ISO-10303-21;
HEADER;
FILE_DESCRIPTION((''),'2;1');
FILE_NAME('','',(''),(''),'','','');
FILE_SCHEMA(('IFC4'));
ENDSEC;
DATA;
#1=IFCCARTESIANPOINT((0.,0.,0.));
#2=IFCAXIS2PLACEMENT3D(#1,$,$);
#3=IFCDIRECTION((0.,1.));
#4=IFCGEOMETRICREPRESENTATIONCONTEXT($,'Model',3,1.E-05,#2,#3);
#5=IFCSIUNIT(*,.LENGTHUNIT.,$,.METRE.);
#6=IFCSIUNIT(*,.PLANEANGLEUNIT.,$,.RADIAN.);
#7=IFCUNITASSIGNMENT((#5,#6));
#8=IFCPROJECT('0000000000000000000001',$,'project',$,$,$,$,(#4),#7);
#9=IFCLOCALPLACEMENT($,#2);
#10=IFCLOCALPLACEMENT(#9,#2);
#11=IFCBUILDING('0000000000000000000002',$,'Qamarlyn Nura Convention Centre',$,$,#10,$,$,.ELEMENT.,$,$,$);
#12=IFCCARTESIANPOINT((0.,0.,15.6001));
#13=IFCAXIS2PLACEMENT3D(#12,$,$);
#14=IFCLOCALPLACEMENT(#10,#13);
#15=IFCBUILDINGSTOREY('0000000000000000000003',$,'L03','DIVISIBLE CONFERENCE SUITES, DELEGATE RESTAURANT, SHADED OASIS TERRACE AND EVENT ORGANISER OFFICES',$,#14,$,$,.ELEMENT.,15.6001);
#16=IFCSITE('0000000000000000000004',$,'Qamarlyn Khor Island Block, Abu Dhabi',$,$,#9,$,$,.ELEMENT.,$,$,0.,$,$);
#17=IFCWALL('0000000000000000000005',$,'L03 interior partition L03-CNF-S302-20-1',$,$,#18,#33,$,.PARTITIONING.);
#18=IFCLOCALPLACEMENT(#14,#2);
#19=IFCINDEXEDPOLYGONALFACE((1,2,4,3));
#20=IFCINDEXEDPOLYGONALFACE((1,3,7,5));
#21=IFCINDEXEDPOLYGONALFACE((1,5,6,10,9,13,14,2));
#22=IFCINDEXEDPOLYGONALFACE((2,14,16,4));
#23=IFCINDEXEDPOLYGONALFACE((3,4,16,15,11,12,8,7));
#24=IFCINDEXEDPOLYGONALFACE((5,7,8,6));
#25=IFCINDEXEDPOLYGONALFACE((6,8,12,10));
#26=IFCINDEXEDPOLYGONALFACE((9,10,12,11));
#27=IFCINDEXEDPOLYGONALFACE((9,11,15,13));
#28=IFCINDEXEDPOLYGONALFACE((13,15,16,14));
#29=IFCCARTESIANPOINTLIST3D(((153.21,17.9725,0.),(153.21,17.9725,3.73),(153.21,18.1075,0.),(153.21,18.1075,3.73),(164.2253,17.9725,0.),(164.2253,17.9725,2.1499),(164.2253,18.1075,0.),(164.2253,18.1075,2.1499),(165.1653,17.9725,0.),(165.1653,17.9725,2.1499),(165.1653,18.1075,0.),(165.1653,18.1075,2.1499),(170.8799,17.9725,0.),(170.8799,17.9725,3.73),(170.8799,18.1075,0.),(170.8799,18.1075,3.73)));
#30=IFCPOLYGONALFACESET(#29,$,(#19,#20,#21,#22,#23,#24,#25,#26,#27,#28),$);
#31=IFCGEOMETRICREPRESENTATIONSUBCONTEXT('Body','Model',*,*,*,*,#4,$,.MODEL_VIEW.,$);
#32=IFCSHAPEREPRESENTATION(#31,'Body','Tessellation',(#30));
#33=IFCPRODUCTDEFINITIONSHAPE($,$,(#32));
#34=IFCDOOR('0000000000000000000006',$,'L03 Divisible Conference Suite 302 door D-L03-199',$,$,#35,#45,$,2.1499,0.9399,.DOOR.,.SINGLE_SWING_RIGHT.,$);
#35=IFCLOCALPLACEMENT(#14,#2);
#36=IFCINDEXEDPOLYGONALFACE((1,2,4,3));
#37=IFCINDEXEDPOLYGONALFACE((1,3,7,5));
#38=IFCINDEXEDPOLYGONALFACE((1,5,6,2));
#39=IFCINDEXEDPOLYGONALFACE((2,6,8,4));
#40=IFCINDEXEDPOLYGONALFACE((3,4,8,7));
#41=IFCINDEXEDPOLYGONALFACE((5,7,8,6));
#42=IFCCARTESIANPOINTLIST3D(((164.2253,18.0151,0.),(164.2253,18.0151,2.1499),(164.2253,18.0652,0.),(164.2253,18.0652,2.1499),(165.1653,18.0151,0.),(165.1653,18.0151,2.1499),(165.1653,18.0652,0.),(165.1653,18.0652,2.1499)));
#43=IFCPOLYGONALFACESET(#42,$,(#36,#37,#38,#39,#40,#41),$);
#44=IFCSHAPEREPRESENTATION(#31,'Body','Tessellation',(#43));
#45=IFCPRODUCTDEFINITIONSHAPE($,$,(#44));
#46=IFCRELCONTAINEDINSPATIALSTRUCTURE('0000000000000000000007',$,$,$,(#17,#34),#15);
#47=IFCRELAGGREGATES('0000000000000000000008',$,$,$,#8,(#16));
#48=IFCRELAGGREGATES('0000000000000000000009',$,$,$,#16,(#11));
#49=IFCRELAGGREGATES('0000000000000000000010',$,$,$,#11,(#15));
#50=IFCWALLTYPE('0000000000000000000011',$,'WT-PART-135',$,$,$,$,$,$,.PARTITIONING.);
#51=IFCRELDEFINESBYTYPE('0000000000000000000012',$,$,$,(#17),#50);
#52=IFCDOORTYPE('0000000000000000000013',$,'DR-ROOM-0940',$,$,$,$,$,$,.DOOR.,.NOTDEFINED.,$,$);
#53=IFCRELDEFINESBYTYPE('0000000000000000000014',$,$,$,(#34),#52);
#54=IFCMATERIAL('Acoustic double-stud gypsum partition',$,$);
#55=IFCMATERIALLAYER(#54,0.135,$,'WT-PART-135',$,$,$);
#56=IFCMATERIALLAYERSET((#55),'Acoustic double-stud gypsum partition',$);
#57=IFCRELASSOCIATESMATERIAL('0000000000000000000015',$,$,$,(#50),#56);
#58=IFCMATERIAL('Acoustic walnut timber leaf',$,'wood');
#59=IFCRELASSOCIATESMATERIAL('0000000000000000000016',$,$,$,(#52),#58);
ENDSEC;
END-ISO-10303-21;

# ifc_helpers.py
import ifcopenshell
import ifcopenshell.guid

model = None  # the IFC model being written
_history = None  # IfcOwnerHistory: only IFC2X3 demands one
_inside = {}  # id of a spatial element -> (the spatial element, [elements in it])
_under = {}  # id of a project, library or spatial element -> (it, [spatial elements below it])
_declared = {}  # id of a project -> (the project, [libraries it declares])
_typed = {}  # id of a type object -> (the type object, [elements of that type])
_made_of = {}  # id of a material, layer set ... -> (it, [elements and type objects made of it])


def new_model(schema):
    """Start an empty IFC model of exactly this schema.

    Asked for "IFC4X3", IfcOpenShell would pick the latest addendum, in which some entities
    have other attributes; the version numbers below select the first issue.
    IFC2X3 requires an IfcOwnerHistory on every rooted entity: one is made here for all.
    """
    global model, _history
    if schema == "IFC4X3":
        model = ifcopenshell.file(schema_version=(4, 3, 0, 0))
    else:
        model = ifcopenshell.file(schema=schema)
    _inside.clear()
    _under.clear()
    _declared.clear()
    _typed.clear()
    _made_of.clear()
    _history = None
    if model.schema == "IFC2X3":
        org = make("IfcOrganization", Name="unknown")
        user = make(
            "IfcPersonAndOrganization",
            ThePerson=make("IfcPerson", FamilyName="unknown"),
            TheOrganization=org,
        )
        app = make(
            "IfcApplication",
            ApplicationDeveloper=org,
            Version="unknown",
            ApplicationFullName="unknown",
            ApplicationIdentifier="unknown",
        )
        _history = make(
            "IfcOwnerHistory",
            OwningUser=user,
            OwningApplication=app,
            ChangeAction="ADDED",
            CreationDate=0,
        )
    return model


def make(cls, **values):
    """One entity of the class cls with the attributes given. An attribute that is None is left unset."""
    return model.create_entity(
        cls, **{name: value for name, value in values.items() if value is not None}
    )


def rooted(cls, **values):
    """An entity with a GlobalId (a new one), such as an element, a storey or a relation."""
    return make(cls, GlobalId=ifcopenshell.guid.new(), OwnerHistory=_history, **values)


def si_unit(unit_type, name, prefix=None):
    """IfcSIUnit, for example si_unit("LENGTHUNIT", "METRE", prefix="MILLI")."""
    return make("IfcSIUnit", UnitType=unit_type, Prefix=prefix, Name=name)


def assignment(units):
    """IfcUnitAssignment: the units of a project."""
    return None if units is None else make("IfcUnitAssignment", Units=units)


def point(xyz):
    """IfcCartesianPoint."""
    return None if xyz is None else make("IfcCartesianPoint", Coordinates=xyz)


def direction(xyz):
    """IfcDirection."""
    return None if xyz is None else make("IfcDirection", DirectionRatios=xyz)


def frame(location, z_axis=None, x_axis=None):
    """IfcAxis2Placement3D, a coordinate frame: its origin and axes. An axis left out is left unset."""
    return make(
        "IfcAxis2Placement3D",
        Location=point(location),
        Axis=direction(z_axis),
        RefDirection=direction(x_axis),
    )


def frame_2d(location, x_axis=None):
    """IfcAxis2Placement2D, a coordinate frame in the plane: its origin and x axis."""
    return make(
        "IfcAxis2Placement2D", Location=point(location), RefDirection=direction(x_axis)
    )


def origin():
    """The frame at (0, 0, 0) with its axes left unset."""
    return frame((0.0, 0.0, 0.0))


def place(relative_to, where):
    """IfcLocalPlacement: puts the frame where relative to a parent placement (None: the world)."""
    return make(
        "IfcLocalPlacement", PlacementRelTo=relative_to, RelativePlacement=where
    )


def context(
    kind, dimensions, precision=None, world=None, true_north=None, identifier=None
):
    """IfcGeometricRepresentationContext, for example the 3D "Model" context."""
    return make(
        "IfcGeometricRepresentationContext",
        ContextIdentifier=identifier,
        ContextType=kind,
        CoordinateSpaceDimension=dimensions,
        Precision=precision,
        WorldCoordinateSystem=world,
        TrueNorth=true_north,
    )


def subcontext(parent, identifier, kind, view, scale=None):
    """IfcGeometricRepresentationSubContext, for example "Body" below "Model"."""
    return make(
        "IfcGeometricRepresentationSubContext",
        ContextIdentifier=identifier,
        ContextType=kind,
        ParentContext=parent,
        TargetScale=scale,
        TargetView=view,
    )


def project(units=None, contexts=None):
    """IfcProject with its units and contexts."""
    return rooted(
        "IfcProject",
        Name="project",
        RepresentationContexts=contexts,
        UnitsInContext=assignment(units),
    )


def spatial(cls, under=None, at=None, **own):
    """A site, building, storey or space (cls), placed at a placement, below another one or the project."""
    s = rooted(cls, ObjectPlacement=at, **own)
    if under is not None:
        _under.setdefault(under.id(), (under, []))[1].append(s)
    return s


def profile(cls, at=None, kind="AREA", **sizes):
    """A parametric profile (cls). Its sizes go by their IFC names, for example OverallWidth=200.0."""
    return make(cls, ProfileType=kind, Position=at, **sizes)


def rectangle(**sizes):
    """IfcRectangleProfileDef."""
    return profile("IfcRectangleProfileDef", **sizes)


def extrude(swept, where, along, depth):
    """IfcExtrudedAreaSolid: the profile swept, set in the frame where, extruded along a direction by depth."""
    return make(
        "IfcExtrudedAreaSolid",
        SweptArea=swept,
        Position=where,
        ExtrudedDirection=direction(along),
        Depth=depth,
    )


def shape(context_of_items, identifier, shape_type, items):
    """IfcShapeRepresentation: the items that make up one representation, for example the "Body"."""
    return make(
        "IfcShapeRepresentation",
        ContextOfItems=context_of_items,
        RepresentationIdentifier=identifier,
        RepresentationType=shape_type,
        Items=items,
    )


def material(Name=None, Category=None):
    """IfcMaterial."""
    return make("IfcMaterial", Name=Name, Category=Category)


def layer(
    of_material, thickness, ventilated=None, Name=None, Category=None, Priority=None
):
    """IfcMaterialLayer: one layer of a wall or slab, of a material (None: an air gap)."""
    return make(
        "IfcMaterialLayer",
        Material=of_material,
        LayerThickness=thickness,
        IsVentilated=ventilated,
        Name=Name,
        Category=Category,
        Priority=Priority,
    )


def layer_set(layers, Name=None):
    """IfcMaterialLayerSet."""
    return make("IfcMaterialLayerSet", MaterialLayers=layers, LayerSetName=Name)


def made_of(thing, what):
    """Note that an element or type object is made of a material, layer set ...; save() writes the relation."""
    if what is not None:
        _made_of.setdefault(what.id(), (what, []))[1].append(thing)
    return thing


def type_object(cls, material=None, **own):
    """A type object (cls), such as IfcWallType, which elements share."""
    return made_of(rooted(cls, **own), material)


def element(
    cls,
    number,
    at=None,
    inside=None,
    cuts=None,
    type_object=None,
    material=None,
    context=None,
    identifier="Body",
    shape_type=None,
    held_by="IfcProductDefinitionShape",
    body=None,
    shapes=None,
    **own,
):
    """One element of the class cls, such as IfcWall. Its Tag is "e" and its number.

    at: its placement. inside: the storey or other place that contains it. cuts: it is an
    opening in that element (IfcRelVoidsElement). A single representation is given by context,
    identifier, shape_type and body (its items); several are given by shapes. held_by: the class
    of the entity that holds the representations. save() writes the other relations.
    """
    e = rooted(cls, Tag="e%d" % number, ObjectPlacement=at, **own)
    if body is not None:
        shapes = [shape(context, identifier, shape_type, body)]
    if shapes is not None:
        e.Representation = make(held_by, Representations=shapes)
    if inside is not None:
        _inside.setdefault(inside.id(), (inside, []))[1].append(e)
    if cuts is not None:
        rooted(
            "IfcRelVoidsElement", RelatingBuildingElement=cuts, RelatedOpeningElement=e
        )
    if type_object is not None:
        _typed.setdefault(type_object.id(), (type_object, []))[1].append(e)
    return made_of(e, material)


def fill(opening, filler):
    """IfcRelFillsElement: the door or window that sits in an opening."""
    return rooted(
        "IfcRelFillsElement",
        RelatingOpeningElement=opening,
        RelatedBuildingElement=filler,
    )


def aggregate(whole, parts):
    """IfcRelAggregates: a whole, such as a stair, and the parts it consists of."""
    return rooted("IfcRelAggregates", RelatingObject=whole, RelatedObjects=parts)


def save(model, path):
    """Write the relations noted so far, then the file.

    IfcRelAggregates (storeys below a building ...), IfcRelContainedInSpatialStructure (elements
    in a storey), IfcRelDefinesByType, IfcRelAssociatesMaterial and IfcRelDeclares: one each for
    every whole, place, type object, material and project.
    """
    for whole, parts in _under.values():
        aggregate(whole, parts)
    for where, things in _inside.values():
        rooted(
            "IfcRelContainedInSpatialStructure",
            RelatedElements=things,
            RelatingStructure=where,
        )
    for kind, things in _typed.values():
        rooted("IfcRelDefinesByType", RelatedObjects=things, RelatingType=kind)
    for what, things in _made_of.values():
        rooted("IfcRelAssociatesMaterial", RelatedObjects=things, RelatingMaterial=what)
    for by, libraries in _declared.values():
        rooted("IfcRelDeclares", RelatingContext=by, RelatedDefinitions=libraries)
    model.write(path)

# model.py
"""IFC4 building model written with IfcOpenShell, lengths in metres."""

from ifc_helpers import new_model, si_unit, direction, frame, frame_2d, origin, place, context, subcontext, project, spatial, rectangle, extrude, material, layer, layer_set, type_object, element, fill, save


model = new_model("IFC4")

# Units and contexts
model_context = context("Model", 3, precision=1e-05, world=origin(), true_north=direction((0.0, 1.0)))
body_context = subcontext(model_context, "Body", "Model", "MODEL_VIEW")
ifc_project = project(units=[si_unit("LENGTHUNIT", "METRE"), si_unit("PLANEANGLEUNIT", "RADIAN")], contexts=[model_context])

# Site, building, storey
site_placement = place(None, origin())
site = spatial("IfcSite", under=ifc_project, at=site_placement, Name="Qamarlyn Khor Island Block, Abu Dhabi", CompositionType="ELEMENT", RefElevation=0.0)
building_placement = place(site_placement, origin())
building = spatial("IfcBuilding", under=site, at=building_placement, Name="Qamarlyn Nura Convention Centre", CompositionType="ELEMENT")
storey_placement = place(building_placement, frame((0.0, 0.0, 15.6001)))
storey = spatial("IfcBuildingStorey", under=building, at=storey_placement, Name="L03", Description="DIVISIBLE CONFERENCE SUITES, DELEGATE RESTAURANT, SHADED OASIS TERRACE AND EVENT ORGANISER OFFICES", CompositionType="ELEMENT", Elevation=15.6001)

# Wall, opening, door
ifc_material_1 = material(Name="Acoustic double-stud gypsum partition")
ifc_layer_1 = layer(ifc_material_1, 0.135, Name="WT-PART-135")
ifc_layer_set_1 = layer_set([ifc_layer_1], Name="Acoustic double-stud gypsum partition")
wall_type = type_object("IfcWallType", Name="WT-PART-135", PredefinedType="PARTITIONING", material=ifc_layer_set_1)
wall_placement = place(storey_placement, frame((170.8799, 18.04, 0.0), z_axis=(0.0, 0.0, 1.0), x_axis=(-1.0, 0.0, 0.0)))
wall = element("IfcWall", 1, at=wall_placement, inside=storey, type_object=wall_type, Name="L03 interior partition L03-CNF-S302-20-1", PredefinedType="PARTITIONING", context=body_context, shape_type="SweptSolid", body=[
    extrude(rectangle(XDim=17.6699, YDim=0.135, at=frame_2d((8.835, 0.0))), origin(), (0.0, 0.0, 1.0), 3.73),
])
opening_placement = place(wall_placement, frame((5.7146, 0.0, 0.0)))
opening = element("IfcOpeningElement", 2, at=opening_placement, cuts=wall, PredefinedType="OPENING", context=body_context, shape_type="SweptSolid", body=[
    extrude(rectangle(XDim=0.9399, YDim=2.1499, at=frame_2d((0.47, 1.075))), frame((0.0, 0.0776, 0.0), z_axis=(0.0, -1.0, 0.0), x_axis=(1.0, 0.0, 0.0)), (0.0, 0.0, 1.0), 0.155),
])
ifc_material_2 = material(Name="Acoustic walnut timber leaf", Category="wood")
door_type = type_object("IfcDoorType", Name="DR-ROOM-0940", OperationType="NOTDEFINED", PredefinedType="DOOR", material=ifc_material_2)
door_placement = place(opening_placement, origin())
door = element("IfcDoor", 3, at=door_placement, inside=storey, type_object=door_type, Name="L03 Divisible Conference Suite 302 door D-L03-199", OperationType="SINGLE_SWING_RIGHT", OverallHeight=2.1499, OverallWidth=0.9399, PredefinedType="DOOR", context=body_context, shape_type="SweptSolid", body=[
    extrude(rectangle(XDim=0.9399, YDim=2.1499, at=frame_2d((0.47, 1.075))), frame((0.0, 0.0249, 0.0), z_axis=(0.0, -1.0, 0.0), x_axis=(1.0, 0.0, 0.0)), (0.0, 0.0, 1.0), 0.05),
])
fill(opening, door)

save(model, "model.ifc")
